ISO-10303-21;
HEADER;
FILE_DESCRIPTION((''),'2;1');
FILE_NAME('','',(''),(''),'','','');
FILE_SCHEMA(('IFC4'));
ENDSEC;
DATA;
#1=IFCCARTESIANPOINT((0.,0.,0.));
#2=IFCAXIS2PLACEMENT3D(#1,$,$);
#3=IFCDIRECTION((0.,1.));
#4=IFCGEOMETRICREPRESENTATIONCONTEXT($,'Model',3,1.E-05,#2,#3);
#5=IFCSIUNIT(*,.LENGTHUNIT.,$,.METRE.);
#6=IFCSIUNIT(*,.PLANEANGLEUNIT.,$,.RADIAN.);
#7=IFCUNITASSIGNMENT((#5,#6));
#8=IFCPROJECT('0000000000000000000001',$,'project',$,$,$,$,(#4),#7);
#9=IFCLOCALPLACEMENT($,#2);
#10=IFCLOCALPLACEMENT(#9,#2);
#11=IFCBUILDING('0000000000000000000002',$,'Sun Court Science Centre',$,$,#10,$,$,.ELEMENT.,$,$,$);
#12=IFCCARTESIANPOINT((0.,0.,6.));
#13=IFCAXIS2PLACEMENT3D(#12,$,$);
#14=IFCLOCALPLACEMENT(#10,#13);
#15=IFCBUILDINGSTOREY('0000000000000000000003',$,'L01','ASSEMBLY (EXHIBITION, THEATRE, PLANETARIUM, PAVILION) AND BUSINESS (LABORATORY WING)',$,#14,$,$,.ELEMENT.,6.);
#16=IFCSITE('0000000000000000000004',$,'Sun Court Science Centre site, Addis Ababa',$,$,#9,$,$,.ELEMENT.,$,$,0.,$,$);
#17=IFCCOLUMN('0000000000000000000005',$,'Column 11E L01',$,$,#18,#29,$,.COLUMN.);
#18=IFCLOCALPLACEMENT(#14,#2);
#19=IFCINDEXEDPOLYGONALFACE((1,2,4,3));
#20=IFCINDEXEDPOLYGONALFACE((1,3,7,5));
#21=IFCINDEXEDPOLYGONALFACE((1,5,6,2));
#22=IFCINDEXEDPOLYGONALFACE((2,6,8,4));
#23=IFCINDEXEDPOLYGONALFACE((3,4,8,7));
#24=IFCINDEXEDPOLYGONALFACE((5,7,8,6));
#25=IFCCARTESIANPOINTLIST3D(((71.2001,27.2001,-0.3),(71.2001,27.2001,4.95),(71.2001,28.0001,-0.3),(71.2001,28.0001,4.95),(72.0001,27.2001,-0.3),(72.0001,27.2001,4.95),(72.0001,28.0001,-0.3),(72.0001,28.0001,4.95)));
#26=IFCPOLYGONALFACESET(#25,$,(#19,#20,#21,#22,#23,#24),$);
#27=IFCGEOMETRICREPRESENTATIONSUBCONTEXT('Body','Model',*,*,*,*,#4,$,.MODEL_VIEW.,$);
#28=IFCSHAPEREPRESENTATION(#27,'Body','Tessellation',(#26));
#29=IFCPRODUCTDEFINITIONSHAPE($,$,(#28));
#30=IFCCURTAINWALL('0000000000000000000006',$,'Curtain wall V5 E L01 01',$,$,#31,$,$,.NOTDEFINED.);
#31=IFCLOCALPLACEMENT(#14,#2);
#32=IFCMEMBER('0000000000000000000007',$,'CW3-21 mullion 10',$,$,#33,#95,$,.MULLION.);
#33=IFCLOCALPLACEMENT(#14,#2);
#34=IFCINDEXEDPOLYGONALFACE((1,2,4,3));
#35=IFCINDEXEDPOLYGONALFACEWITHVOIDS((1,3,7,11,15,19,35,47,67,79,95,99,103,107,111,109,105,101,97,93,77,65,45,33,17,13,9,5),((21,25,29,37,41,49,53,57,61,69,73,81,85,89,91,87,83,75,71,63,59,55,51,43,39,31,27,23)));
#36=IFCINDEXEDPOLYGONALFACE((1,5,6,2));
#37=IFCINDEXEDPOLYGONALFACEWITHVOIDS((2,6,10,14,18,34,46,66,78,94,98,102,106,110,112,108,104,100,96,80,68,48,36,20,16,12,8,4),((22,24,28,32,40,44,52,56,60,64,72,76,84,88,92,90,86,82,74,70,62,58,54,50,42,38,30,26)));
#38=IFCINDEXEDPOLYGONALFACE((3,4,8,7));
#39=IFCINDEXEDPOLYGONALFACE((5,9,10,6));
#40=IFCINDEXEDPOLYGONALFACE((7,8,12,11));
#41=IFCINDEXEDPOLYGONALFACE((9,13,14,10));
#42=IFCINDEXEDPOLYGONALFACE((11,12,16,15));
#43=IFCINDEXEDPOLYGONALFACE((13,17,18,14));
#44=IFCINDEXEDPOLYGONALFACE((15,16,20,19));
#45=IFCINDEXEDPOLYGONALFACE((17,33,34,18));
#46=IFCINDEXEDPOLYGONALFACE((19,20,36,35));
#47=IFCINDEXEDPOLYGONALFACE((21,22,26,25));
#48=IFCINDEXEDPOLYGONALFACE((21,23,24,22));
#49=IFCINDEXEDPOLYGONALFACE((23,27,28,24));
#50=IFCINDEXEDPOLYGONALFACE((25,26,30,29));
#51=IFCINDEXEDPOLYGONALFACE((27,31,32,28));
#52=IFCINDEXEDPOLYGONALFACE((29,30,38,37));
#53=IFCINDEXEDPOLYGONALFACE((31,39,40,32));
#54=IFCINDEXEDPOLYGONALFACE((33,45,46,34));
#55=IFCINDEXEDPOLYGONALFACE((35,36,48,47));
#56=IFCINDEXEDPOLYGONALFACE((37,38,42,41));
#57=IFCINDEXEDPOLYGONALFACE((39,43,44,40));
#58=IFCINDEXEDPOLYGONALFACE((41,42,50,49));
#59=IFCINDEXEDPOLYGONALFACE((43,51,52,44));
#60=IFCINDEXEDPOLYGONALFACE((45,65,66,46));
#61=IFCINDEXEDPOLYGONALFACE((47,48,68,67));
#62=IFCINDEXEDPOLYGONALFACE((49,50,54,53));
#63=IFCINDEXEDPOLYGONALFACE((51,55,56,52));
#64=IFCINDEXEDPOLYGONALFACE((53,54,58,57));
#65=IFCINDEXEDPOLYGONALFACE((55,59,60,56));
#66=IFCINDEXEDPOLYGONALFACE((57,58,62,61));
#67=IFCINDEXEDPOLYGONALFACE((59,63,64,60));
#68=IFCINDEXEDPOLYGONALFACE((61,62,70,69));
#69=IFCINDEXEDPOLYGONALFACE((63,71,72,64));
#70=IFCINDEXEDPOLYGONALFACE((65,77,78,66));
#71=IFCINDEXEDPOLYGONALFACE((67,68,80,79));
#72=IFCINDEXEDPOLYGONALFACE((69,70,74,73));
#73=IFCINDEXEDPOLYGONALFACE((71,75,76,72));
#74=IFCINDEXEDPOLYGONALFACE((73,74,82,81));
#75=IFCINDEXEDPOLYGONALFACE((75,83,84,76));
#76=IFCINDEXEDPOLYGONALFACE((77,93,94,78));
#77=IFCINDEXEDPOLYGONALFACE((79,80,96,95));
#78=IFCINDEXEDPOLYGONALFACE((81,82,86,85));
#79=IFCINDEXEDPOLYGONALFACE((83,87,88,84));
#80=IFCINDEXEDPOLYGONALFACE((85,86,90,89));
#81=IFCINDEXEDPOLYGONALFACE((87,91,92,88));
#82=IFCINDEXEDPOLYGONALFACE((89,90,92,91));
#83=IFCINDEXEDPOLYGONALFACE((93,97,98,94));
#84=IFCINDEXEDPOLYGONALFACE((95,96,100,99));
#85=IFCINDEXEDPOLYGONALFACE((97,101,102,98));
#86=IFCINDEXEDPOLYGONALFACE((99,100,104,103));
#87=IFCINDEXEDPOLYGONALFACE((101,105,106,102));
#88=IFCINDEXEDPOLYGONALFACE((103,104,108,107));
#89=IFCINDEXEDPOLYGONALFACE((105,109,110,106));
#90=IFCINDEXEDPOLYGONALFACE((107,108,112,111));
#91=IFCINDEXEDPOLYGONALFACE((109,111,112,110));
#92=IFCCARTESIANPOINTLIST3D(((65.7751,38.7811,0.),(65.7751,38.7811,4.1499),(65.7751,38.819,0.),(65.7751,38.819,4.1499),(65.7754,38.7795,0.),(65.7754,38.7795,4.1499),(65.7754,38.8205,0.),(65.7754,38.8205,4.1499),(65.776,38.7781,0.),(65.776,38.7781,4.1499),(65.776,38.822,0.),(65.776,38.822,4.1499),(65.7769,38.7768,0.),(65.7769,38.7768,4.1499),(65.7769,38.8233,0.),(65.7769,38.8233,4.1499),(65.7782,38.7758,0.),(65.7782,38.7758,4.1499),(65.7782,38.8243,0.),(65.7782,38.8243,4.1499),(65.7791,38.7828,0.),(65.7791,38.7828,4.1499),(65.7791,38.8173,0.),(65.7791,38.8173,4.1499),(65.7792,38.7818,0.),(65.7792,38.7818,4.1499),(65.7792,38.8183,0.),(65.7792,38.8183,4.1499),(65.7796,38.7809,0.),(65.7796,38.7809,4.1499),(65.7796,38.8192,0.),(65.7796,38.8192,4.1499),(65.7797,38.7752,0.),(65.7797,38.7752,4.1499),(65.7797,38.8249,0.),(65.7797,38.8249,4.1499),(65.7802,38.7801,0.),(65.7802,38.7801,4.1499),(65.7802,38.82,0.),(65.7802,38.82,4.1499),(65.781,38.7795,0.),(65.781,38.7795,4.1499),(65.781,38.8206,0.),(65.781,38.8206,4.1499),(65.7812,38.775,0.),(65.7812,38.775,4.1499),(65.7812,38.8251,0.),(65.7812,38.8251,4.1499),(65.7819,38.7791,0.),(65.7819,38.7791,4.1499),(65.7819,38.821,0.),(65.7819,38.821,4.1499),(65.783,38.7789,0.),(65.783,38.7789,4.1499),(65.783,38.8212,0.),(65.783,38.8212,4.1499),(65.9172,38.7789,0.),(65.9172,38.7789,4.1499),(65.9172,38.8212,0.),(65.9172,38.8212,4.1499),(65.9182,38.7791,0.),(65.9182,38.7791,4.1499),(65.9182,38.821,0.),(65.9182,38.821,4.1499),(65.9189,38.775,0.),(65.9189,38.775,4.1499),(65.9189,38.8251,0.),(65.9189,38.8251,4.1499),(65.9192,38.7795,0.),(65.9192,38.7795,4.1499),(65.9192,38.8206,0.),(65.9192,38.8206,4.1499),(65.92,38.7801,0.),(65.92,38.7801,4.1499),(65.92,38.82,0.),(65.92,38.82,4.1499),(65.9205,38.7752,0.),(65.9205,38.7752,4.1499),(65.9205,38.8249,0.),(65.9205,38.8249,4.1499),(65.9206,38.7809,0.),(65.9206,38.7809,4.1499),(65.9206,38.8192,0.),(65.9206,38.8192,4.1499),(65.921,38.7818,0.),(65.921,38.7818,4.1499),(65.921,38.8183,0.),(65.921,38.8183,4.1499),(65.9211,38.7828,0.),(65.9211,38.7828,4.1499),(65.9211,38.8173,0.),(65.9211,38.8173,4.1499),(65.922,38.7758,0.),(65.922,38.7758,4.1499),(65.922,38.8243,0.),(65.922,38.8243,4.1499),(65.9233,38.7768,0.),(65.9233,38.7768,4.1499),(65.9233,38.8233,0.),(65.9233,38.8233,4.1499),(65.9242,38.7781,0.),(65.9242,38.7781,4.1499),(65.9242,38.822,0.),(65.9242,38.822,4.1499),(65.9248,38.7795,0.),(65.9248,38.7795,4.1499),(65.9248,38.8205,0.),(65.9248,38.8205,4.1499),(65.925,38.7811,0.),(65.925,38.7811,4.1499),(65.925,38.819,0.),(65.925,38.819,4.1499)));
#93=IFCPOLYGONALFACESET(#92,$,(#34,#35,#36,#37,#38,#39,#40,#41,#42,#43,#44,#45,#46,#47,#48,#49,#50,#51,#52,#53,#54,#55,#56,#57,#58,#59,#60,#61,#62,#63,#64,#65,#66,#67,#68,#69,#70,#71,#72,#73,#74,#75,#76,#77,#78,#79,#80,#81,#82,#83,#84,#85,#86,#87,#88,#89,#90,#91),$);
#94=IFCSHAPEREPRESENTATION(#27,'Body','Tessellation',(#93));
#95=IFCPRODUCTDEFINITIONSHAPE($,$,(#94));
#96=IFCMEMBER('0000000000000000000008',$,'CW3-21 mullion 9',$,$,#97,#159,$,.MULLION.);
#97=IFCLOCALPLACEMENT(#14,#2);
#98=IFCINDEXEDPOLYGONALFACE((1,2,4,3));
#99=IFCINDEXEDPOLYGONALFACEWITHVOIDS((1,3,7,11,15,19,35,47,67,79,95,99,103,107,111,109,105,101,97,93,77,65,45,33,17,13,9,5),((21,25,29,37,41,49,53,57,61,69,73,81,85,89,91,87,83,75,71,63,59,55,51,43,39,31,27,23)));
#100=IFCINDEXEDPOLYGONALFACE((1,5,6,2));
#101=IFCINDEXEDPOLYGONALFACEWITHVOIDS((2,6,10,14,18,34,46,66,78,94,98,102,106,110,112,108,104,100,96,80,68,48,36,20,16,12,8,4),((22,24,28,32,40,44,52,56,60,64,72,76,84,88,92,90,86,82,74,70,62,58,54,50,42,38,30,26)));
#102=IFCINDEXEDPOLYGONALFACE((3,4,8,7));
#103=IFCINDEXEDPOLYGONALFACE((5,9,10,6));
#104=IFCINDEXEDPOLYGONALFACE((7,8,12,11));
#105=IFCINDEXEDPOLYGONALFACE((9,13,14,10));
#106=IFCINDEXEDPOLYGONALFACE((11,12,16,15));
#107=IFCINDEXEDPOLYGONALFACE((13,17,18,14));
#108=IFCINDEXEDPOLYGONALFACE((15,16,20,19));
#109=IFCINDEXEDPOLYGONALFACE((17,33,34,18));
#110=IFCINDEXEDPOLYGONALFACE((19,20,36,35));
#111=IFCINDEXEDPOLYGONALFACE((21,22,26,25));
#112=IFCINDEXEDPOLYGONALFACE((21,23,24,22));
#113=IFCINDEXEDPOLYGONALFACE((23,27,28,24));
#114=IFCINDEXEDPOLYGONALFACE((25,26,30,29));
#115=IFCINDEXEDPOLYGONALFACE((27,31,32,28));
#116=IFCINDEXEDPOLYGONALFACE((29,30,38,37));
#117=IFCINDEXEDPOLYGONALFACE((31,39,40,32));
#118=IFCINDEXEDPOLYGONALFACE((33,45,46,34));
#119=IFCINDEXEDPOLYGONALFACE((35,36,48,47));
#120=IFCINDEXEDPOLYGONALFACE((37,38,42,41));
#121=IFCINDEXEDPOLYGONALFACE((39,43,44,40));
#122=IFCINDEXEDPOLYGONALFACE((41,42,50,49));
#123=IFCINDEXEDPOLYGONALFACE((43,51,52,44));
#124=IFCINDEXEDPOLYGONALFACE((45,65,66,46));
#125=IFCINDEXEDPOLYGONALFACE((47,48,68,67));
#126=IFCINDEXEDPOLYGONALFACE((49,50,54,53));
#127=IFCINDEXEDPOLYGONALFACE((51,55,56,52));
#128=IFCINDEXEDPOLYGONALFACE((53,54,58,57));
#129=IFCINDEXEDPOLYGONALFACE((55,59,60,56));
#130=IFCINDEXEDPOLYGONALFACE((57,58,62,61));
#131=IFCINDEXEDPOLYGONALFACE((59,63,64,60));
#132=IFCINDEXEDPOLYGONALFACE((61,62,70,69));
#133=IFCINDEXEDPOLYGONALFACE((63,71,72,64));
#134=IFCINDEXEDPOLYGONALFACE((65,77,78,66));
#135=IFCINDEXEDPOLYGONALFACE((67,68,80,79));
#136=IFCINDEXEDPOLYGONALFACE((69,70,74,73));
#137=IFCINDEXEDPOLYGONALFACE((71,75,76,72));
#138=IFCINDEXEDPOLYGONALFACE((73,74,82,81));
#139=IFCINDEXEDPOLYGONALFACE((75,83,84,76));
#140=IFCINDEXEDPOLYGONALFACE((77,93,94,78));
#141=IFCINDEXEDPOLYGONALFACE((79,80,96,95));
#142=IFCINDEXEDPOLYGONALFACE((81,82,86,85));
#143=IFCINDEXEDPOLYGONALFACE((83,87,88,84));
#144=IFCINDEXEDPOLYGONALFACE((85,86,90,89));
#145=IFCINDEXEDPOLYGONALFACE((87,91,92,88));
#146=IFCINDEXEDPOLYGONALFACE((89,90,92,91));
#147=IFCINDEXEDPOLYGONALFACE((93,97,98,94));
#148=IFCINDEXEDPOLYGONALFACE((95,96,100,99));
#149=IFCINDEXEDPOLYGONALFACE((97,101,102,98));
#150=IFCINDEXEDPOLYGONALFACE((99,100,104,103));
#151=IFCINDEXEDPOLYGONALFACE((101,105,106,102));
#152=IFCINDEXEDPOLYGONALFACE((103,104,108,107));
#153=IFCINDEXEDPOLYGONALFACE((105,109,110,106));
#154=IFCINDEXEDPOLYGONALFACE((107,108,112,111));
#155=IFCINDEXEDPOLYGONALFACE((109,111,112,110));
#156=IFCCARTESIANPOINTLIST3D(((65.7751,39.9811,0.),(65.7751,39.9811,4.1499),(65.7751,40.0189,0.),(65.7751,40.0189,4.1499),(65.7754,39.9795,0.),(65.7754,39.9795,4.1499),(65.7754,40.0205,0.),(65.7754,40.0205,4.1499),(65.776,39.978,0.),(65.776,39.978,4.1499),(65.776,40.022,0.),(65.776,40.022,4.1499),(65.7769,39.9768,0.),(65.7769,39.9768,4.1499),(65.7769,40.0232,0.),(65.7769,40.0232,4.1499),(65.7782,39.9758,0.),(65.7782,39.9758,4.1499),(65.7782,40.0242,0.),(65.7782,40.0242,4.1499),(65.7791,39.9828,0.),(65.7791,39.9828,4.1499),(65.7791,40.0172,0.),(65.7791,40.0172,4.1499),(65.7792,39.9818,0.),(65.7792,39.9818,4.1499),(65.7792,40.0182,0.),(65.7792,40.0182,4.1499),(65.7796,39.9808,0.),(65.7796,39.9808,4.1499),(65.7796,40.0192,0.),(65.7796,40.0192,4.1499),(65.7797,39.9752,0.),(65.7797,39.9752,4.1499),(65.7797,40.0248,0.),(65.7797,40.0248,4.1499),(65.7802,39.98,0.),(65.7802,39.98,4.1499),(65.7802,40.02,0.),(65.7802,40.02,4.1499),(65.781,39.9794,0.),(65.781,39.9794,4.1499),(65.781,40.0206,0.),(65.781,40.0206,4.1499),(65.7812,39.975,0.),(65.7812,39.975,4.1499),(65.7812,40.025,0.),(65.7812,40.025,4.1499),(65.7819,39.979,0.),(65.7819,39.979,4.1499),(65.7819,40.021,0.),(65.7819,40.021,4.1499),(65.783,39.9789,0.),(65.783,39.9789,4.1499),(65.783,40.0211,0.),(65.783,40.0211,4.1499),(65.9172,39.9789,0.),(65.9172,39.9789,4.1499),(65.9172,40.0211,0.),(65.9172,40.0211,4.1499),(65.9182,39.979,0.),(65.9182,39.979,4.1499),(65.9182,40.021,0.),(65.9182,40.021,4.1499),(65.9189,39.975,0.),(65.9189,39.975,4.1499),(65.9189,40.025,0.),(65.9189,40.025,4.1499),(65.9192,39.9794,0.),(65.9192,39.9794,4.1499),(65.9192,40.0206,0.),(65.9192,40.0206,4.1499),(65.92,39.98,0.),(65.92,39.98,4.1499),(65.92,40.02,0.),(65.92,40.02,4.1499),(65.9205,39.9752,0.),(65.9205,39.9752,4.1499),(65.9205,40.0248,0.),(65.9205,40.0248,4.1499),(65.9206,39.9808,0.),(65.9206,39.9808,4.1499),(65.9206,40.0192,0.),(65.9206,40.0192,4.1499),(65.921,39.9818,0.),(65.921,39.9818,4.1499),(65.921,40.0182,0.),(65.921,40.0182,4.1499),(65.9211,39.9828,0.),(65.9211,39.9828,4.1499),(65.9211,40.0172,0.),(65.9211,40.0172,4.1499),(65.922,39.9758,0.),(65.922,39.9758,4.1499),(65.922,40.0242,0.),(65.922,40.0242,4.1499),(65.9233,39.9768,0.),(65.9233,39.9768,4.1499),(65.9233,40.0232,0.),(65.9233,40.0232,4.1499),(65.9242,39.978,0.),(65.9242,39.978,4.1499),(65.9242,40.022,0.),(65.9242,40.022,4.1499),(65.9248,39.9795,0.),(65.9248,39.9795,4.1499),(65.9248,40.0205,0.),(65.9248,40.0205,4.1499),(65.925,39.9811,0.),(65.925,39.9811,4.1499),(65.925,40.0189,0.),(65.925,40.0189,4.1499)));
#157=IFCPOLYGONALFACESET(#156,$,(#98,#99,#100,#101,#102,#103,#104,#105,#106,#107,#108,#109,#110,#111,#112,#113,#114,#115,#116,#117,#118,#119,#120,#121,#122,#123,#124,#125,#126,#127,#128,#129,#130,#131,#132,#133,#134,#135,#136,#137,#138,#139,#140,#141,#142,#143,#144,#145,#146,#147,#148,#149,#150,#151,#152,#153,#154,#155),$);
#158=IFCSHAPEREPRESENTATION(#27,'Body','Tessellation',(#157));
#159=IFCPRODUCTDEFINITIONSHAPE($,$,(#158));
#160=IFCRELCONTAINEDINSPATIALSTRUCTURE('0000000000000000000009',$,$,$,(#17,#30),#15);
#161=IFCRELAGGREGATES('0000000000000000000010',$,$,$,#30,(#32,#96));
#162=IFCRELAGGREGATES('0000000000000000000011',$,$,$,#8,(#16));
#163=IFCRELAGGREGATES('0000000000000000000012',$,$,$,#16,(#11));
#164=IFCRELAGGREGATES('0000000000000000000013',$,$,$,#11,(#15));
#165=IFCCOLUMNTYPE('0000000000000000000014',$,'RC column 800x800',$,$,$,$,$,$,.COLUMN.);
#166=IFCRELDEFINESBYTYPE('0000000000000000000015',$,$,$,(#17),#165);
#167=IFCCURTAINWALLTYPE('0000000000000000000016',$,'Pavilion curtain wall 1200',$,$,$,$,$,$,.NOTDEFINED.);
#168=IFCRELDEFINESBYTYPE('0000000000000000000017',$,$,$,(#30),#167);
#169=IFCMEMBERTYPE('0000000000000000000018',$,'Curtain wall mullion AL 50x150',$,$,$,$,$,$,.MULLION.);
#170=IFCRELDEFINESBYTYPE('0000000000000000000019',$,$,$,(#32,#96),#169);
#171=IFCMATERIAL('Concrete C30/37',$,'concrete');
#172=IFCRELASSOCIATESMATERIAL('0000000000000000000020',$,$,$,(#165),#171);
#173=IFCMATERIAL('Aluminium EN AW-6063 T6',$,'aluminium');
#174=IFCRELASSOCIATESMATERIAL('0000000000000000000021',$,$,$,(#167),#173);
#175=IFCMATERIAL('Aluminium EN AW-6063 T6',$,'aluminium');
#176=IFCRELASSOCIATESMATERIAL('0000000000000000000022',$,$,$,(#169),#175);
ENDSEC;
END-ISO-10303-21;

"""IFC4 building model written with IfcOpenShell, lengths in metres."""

from ifc_helpers import new_model, si_unit, direction, frame, origin, origin_2d, place, context, subcontext, project, spatial, rectangle, hollow_rectangle, extrude, material, material_profile, profile_set, type_object, element, aggregate, save


model = new_model("IFC4")

# Units and contexts
model_context = context("Model", 3, precision=1e-05, world=origin(), true_north=direction((0.0, 1.0)))
body_context = subcontext(model_context, "Body", "Model", "MODEL_VIEW")
ifc_project = project(units=[si_unit("LENGTHUNIT", "METRE"), si_unit("PLANEANGLEUNIT", "RADIAN")], contexts=[model_context])

# Site, building, storey
site_placement = place(None, origin())
site = spatial("IfcSite", under=ifc_project, at=site_placement, Name="Sun Court Science Centre site, Addis Ababa", CompositionType="ELEMENT", RefElevation=0.0)
building_placement = place(site_placement, origin())
building = spatial("IfcBuilding", under=site, at=building_placement, Name="Sun Court Science Centre", CompositionType="ELEMENT")
storey_placement = place(building_placement, frame((0.0, 0.0, 6.0)))
storey = spatial("IfcBuildingStorey", under=building, at=storey_placement, Name="L01", Description="ASSEMBLY (EXHIBITION, THEATRE, PLANETARIUM, PAVILION) AND BUSINESS (LABORATORY WING)", CompositionType="ELEMENT", Elevation=6.0)

# Column
ifc_material_1 = material(Name="Concrete C30/37", Category="concrete")
ifc_material_profile_1 = material_profile(ifc_material_1, rectangle(XDim=0.8, YDim=0.8, at=origin_2d()), Name="RC 800x800")
ifc_profile_set_1 = profile_set([ifc_material_profile_1], Name="Concrete C30/37")
column_type = type_object("IfcColumnType", Name="RC column 800x800", PredefinedType="COLUMN", material=ifc_profile_set_1)
column_placement = place(storey_placement, frame((71.6001, 27.6001, -0.3), z_axis=(0.0, 0.0, 1.0), x_axis=(1.0, 0.0, 0.0)))
element("IfcColumn", 1, at=column_placement, inside=storey, type_object=column_type, Name="Column 11E L01", PredefinedType="COLUMN", context=body_context, shape_type="SweptSolid", body=[
    extrude(rectangle(XDim=0.8, YDim=0.8, at=origin_2d()), origin(), (0.0, 0.0, 1.0), 5.25),
])

# Curtain wall, members
ifc_material_2 = material(Name="Aluminium EN AW-6063 T6", Category="aluminium")
curtain_wall_type_1 = type_object("IfcCurtainWallType", Name="Pavilion curtain wall 1200", PredefinedType="NOTDEFINED", material=ifc_material_2)
curtain_wall_1_placement = place(storey_placement, origin())
curtain_wall_1 = element("IfcCurtainWall", 2, at=curtain_wall_1_placement, inside=storey, type_object=curtain_wall_type_1, Name="Curtain wall V5 E L01 01", PredefinedType="NOTDEFINED")
ifc_material_3 = material(Name="Aluminium EN AW-6063 T6", Category="aluminium")
ifc_material_profile_2 = material_profile(ifc_material_3, hollow_rectangle(XDim=0.05, YDim=0.1499, WallThickness=0.0039, InnerFilletRadius=0.0039, OuterFilletRadius=0.0061, at=origin_2d()), Name="AL 50x150x4")
ifc_profile_set_2 = profile_set([ifc_material_profile_2], Name="Aluminium EN AW-6063 T6")
member_type_1 = type_object("IfcMemberType", Name="Curtain wall mullion AL 50x150", PredefinedType="MULLION", material=ifc_profile_set_2)
member_1_placement = place(storey_placement, frame((65.8501, 38.8, 0.0), z_axis=(0.0, 0.0, 1.0), x_axis=(0.0, -1.0, 0.0)))
member_1 = element("IfcMember", 3, at=member_1_placement, type_object=member_type_1, Name="CW3-21 mullion 10", PredefinedType="MULLION", context=body_context, shape_type="SweptSolid", body=[
    extrude(hollow_rectangle(XDim=0.05, YDim=0.1499, WallThickness=0.0039, InnerFilletRadius=0.0039, OuterFilletRadius=0.0061, at=origin_2d()), origin(), (0.0, 0.0, 1.0), 4.1499),
])
member_2_placement = place(storey_placement, frame((65.8501, 40.0, 0.0), z_axis=(0.0, 0.0, 1.0), x_axis=(0.0, -1.0, 0.0)))
member_2 = element("IfcMember", 4, at=member_2_placement, type_object=member_type_1, Name="CW3-21 mullion 9", PredefinedType="MULLION", context=body_context, shape_type="SweptSolid", body=[
    extrude(hollow_rectangle(XDim=0.05, YDim=0.1499, WallThickness=0.0039, InnerFilletRadius=0.0039, OuterFilletRadius=0.0061, at=origin_2d()), origin(), (0.0, 0.0, 1.0), 4.1499),
])

aggregate(curtain_wall_1, [member_1, member_2])

save(model, "model.ifc")
